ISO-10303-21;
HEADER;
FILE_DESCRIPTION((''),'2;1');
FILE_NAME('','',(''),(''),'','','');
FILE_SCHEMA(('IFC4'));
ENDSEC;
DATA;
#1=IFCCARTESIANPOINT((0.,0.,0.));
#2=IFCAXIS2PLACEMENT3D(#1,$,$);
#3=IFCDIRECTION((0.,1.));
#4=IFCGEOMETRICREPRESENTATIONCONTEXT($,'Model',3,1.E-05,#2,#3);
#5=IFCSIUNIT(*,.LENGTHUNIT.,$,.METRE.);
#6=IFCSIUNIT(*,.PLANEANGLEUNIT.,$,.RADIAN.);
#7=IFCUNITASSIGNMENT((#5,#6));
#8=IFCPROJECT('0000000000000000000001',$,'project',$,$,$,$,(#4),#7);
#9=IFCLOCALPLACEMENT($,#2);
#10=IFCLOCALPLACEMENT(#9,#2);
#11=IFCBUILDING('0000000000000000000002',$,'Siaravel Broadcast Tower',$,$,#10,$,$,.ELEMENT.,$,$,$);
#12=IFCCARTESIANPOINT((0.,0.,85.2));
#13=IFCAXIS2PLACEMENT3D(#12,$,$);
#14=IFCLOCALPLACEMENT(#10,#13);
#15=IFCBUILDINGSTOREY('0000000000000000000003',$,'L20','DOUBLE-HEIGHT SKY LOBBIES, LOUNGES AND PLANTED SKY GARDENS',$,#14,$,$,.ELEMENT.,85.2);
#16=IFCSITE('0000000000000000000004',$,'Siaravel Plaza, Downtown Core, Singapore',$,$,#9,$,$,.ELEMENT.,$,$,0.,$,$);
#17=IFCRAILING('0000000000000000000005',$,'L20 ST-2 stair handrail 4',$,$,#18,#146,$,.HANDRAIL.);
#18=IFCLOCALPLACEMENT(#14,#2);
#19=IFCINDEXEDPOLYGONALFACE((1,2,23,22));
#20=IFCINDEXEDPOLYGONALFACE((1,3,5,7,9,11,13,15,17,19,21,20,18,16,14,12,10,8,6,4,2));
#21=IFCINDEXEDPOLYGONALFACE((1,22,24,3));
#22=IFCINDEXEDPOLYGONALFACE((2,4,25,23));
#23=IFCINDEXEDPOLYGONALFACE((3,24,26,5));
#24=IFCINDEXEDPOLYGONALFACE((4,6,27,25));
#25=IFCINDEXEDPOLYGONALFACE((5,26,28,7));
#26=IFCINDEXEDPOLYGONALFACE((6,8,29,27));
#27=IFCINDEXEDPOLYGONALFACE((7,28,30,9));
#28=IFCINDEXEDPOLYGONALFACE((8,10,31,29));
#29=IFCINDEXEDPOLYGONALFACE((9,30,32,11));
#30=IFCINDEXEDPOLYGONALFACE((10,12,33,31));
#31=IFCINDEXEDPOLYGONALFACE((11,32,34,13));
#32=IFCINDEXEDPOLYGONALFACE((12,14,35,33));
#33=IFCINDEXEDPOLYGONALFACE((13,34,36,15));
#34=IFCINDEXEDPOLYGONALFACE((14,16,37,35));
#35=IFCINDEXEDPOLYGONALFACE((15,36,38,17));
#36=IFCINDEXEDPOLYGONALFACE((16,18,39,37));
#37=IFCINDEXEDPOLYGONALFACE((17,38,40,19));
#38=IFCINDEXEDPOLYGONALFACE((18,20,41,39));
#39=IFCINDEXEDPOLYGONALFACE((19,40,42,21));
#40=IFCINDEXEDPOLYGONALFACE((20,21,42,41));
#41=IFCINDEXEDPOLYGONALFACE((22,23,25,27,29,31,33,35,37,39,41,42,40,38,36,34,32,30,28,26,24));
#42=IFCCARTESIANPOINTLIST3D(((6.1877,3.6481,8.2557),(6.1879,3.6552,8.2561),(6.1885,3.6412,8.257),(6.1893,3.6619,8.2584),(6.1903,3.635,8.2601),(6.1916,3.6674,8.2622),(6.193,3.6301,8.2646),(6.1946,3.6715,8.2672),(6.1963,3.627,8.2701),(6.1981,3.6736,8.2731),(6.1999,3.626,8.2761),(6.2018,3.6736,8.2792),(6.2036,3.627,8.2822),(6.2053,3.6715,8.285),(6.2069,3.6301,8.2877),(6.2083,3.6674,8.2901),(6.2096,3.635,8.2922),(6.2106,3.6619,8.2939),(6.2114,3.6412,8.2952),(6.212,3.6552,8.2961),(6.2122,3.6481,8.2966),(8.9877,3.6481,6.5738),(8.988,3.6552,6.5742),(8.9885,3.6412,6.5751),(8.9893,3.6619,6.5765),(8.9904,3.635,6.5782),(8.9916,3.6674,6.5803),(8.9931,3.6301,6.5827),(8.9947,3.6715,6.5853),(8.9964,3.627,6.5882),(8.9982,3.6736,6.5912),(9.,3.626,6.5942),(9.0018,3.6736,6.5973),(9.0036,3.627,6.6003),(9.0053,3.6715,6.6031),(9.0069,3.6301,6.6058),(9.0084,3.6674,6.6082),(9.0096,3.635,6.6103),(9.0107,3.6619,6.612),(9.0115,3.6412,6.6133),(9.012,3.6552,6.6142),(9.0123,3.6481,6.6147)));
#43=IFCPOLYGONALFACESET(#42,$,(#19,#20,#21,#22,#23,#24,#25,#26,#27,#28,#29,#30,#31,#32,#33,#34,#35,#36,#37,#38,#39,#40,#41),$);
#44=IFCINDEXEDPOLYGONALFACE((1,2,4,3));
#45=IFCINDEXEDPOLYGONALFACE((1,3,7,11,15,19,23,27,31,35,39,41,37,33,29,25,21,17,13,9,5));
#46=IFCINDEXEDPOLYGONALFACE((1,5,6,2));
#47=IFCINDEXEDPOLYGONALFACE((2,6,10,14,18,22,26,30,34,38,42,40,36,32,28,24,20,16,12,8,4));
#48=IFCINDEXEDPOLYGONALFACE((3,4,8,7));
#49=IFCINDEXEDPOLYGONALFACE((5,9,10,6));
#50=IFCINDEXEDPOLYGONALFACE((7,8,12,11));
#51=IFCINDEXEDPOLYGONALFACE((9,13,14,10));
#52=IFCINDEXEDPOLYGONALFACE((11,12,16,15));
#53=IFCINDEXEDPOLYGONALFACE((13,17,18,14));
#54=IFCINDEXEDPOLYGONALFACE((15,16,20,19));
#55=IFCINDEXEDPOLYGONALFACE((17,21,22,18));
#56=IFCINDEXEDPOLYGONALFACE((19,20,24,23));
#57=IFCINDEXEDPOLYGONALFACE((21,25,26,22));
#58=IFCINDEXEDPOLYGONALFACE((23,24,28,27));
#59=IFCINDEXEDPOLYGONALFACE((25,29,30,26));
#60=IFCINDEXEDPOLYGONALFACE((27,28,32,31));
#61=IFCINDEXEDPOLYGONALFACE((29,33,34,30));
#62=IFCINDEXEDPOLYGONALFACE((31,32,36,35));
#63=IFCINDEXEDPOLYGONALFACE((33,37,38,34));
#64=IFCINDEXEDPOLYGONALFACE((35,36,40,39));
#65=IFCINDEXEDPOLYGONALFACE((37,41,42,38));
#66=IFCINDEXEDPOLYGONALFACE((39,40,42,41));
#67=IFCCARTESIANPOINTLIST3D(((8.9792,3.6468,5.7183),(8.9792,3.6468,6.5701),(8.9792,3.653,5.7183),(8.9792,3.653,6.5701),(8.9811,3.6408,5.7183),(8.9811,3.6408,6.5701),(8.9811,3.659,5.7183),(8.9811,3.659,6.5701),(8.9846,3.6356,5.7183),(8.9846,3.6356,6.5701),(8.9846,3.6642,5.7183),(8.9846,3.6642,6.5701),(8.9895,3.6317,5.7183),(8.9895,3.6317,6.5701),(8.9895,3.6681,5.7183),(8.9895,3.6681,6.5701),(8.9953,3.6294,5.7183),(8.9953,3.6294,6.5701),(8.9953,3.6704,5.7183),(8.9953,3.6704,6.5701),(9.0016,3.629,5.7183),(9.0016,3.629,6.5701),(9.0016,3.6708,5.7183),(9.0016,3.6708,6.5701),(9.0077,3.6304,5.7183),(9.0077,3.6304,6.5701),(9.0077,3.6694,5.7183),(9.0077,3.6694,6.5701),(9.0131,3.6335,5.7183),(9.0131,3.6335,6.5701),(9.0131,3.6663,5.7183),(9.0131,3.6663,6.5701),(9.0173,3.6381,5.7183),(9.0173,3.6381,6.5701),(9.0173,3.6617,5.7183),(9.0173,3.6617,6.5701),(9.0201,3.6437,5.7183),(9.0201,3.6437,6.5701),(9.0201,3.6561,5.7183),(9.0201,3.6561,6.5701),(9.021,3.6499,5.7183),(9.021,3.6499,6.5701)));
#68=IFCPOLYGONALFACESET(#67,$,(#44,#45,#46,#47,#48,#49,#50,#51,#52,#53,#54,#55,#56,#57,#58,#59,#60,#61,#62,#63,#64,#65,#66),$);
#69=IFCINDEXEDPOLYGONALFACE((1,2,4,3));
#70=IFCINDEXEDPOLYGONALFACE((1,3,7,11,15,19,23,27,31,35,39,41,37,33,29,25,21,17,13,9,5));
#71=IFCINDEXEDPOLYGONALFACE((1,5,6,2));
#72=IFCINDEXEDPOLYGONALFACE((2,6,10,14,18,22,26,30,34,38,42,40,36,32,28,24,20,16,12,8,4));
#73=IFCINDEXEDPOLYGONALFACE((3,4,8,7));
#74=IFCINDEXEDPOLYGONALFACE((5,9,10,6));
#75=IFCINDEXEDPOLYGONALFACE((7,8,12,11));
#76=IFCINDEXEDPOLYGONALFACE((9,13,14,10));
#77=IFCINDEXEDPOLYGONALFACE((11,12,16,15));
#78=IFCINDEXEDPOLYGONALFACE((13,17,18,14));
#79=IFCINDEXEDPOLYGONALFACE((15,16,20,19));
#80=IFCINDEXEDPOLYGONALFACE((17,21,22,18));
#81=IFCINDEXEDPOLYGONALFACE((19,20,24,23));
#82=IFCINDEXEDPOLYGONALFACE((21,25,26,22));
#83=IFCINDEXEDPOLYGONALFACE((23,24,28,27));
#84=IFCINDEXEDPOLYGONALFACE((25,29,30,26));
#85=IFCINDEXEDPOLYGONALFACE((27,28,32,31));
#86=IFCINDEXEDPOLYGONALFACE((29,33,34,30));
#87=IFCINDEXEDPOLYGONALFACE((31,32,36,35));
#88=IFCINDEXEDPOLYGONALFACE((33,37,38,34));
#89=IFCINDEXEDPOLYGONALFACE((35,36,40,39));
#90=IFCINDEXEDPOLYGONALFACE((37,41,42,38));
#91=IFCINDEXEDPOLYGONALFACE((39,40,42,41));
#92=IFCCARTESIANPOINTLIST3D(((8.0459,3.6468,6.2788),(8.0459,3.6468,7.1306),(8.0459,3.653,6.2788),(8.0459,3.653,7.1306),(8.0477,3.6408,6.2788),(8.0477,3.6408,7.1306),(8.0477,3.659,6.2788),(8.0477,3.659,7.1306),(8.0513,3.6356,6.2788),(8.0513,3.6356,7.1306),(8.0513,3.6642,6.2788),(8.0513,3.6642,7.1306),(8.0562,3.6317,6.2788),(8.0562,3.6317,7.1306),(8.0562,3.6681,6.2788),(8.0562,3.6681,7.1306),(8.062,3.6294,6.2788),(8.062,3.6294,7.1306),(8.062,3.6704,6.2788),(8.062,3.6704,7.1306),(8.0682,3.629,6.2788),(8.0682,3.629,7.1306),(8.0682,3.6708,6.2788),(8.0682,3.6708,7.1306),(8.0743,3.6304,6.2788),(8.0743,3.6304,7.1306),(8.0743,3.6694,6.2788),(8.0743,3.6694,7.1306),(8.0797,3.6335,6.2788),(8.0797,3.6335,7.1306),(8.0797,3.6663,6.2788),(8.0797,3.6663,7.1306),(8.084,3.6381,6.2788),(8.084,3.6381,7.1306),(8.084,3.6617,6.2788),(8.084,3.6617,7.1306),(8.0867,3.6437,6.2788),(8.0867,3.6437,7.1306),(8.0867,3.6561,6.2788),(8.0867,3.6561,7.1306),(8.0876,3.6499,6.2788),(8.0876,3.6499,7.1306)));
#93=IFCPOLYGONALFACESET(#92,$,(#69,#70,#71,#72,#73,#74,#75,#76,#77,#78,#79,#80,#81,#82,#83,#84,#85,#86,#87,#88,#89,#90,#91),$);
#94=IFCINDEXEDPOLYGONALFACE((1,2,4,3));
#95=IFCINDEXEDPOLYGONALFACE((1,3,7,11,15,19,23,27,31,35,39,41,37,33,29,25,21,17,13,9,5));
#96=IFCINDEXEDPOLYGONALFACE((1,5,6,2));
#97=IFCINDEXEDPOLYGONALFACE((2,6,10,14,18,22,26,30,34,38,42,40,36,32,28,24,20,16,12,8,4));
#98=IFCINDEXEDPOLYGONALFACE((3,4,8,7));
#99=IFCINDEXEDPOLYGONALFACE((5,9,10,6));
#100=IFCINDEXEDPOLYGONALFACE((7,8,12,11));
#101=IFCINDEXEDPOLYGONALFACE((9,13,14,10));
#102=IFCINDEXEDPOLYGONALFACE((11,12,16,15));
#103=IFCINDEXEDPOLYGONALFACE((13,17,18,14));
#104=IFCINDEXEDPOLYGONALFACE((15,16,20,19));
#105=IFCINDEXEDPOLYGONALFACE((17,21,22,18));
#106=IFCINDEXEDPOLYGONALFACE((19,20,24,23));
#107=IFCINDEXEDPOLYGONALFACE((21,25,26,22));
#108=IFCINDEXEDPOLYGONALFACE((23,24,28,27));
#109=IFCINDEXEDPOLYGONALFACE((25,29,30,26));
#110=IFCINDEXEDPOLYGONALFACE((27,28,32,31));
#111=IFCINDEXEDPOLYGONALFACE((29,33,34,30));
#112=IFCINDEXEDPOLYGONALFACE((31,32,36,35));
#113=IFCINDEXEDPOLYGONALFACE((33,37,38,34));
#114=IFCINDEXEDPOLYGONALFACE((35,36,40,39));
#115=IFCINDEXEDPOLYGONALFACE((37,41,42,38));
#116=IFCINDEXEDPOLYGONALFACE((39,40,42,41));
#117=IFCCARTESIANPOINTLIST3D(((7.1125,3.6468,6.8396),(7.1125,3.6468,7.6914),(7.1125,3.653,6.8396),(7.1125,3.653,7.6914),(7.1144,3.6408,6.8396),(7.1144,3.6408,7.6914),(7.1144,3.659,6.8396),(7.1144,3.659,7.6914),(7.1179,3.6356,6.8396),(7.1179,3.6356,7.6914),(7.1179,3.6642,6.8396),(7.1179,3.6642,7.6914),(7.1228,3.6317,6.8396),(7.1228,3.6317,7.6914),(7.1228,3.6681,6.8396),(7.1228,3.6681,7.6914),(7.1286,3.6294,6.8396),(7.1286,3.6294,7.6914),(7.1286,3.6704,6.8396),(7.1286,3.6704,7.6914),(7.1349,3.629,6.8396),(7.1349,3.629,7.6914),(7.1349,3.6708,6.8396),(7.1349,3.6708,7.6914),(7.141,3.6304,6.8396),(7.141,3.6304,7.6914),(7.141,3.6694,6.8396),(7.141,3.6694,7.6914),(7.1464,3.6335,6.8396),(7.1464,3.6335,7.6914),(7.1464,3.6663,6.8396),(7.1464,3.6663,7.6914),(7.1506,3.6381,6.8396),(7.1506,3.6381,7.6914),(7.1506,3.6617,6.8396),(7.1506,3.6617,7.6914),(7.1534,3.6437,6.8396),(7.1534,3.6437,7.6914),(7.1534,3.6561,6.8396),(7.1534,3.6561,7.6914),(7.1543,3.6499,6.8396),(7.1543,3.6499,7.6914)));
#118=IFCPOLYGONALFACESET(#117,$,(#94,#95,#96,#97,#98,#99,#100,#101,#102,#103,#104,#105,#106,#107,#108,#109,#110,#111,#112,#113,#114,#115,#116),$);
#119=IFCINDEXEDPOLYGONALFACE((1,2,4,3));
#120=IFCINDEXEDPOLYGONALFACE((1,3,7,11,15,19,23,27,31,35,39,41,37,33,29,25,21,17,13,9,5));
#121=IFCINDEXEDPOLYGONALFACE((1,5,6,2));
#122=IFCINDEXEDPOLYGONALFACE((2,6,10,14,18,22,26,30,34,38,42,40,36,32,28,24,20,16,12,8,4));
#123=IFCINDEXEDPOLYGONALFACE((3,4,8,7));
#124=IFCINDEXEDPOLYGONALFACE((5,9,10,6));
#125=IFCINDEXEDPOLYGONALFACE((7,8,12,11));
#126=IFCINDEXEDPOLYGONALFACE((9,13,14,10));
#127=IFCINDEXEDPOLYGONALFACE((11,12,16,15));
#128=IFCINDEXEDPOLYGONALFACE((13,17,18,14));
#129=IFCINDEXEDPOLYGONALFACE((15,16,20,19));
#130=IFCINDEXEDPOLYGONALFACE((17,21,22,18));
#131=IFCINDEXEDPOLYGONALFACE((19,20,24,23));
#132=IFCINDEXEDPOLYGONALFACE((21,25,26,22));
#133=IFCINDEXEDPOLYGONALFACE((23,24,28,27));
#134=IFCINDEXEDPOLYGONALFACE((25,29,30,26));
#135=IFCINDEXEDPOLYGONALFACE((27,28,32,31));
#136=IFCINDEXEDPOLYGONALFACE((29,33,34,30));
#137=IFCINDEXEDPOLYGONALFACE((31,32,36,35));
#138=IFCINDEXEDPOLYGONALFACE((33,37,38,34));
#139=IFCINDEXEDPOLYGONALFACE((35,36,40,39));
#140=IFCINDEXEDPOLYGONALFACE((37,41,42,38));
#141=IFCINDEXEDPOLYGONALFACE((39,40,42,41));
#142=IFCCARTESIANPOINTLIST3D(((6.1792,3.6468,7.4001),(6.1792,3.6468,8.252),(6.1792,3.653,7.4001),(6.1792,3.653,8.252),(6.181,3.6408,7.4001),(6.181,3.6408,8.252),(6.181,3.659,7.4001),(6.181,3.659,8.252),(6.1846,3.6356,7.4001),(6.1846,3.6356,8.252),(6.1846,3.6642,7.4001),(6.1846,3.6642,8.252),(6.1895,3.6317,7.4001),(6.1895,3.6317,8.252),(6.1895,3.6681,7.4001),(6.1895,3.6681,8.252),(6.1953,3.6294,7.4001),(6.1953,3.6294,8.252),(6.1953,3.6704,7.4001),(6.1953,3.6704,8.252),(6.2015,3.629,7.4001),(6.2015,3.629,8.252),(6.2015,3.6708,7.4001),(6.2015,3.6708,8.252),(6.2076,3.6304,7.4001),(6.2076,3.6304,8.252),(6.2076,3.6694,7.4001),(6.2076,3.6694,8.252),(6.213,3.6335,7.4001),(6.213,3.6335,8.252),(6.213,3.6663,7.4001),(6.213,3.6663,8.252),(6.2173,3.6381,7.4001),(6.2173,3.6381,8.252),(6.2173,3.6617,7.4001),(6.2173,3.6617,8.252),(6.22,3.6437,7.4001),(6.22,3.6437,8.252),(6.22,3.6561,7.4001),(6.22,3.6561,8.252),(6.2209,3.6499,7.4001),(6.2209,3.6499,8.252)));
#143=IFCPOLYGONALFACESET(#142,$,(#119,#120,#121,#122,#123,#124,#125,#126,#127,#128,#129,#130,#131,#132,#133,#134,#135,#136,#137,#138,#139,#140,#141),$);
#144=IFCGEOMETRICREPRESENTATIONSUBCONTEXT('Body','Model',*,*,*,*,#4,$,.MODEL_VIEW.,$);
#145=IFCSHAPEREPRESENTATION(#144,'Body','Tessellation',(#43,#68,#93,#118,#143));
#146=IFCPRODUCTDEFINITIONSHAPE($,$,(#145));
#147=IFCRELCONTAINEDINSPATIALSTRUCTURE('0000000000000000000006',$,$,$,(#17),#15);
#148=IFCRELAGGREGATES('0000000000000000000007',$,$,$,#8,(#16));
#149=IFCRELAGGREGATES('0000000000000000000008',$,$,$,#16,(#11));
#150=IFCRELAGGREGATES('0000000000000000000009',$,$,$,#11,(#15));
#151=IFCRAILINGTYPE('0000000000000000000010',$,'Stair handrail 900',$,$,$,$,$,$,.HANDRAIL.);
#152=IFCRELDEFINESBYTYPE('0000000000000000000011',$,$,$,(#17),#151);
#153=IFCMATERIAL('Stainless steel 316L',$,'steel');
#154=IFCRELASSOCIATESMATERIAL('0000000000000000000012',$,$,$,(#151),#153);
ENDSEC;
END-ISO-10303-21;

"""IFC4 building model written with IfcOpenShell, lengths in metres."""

from ifc_helpers import new_model, si_unit, direction, frame, origin, origin_2d, place, context, subcontext, project, spatial, circle, extrude, material, type_object, element, save


model = new_model("IFC4")

# Units and contexts
model_context = context("Model", 3, precision=1e-05, world=origin(), true_north=direction((0.0, 1.0)))
body_context = subcontext(model_context, "Body", "Model", "MODEL_VIEW")
ifc_project = project(units=[si_unit("LENGTHUNIT", "METRE"), si_unit("PLANEANGLEUNIT", "RADIAN")], contexts=[model_context])

# Site, building, storey
site_placement = place(None, origin())
site = spatial("IfcSite", under=ifc_project, at=site_placement, Name="Siaravel Plaza, Downtown Core, Singapore", CompositionType="ELEMENT", RefElevation=0.0)
building_placement = place(site_placement, origin())
building = spatial("IfcBuilding", under=site, at=building_placement, Name="Siaravel Broadcast Tower", CompositionType="ELEMENT")
storey_placement = place(building_placement, frame((0.0, 0.0, 85.2)))
storey = spatial("IfcBuildingStorey", under=building, at=storey_placement, Name="L20", Description="DOUBLE-HEIGHT SKY LOBBIES, LOUNGES AND PLANTED SKY GARDENS", CompositionType="ELEMENT", Elevation=85.2)

# Railing
ifc_material_1 = material(Name="Stainless steel 316L", Category="steel")
railing_type_1 = type_object("IfcRailingType", Name="Stair handrail 900", PredefinedType="HANDRAIL", material=ifc_material_1)
railing_1_placement = place(storey_placement, frame((9.0, 3.6499, 5.7183)))
element("IfcRailing", 1, at=railing_1_placement, inside=storey, type_object=railing_type_1, Name="L20 ST-2 stair handrail 4", PredefinedType="HANDRAIL", context=body_context, shape_type="SweptSolid", body=[
    extrude(circle(Radius=0.0239, at=origin_2d()), frame((0.0, 0.0, 0.876), z_axis=(-0.857242, 0.0, 0.514913), x_axis=(0.0, -1.0, 0.0)), (0.0, 0.0, 1.0), 3.2664),
    extrude(circle(Radius=0.021, at=origin_2d()), origin(), (0.0, 0.0, 1.0), 0.8518),
    extrude(circle(Radius=0.021, at=origin_2d()), frame((-0.9333, 0.0, 0.5605)), (0.0, 0.0, 1.0), 0.8518),
    extrude(circle(Radius=0.021, at=origin_2d()), frame((-1.8667, 0.0, 1.1213)), (0.0, 0.0, 1.0), 0.8518),
    extrude(circle(Radius=0.021, at=origin_2d()), frame((-2.8, 0.0, 1.6819)), (0.0, 0.0, 1.0), 0.8518),
])

save(model, "model.ifc")
